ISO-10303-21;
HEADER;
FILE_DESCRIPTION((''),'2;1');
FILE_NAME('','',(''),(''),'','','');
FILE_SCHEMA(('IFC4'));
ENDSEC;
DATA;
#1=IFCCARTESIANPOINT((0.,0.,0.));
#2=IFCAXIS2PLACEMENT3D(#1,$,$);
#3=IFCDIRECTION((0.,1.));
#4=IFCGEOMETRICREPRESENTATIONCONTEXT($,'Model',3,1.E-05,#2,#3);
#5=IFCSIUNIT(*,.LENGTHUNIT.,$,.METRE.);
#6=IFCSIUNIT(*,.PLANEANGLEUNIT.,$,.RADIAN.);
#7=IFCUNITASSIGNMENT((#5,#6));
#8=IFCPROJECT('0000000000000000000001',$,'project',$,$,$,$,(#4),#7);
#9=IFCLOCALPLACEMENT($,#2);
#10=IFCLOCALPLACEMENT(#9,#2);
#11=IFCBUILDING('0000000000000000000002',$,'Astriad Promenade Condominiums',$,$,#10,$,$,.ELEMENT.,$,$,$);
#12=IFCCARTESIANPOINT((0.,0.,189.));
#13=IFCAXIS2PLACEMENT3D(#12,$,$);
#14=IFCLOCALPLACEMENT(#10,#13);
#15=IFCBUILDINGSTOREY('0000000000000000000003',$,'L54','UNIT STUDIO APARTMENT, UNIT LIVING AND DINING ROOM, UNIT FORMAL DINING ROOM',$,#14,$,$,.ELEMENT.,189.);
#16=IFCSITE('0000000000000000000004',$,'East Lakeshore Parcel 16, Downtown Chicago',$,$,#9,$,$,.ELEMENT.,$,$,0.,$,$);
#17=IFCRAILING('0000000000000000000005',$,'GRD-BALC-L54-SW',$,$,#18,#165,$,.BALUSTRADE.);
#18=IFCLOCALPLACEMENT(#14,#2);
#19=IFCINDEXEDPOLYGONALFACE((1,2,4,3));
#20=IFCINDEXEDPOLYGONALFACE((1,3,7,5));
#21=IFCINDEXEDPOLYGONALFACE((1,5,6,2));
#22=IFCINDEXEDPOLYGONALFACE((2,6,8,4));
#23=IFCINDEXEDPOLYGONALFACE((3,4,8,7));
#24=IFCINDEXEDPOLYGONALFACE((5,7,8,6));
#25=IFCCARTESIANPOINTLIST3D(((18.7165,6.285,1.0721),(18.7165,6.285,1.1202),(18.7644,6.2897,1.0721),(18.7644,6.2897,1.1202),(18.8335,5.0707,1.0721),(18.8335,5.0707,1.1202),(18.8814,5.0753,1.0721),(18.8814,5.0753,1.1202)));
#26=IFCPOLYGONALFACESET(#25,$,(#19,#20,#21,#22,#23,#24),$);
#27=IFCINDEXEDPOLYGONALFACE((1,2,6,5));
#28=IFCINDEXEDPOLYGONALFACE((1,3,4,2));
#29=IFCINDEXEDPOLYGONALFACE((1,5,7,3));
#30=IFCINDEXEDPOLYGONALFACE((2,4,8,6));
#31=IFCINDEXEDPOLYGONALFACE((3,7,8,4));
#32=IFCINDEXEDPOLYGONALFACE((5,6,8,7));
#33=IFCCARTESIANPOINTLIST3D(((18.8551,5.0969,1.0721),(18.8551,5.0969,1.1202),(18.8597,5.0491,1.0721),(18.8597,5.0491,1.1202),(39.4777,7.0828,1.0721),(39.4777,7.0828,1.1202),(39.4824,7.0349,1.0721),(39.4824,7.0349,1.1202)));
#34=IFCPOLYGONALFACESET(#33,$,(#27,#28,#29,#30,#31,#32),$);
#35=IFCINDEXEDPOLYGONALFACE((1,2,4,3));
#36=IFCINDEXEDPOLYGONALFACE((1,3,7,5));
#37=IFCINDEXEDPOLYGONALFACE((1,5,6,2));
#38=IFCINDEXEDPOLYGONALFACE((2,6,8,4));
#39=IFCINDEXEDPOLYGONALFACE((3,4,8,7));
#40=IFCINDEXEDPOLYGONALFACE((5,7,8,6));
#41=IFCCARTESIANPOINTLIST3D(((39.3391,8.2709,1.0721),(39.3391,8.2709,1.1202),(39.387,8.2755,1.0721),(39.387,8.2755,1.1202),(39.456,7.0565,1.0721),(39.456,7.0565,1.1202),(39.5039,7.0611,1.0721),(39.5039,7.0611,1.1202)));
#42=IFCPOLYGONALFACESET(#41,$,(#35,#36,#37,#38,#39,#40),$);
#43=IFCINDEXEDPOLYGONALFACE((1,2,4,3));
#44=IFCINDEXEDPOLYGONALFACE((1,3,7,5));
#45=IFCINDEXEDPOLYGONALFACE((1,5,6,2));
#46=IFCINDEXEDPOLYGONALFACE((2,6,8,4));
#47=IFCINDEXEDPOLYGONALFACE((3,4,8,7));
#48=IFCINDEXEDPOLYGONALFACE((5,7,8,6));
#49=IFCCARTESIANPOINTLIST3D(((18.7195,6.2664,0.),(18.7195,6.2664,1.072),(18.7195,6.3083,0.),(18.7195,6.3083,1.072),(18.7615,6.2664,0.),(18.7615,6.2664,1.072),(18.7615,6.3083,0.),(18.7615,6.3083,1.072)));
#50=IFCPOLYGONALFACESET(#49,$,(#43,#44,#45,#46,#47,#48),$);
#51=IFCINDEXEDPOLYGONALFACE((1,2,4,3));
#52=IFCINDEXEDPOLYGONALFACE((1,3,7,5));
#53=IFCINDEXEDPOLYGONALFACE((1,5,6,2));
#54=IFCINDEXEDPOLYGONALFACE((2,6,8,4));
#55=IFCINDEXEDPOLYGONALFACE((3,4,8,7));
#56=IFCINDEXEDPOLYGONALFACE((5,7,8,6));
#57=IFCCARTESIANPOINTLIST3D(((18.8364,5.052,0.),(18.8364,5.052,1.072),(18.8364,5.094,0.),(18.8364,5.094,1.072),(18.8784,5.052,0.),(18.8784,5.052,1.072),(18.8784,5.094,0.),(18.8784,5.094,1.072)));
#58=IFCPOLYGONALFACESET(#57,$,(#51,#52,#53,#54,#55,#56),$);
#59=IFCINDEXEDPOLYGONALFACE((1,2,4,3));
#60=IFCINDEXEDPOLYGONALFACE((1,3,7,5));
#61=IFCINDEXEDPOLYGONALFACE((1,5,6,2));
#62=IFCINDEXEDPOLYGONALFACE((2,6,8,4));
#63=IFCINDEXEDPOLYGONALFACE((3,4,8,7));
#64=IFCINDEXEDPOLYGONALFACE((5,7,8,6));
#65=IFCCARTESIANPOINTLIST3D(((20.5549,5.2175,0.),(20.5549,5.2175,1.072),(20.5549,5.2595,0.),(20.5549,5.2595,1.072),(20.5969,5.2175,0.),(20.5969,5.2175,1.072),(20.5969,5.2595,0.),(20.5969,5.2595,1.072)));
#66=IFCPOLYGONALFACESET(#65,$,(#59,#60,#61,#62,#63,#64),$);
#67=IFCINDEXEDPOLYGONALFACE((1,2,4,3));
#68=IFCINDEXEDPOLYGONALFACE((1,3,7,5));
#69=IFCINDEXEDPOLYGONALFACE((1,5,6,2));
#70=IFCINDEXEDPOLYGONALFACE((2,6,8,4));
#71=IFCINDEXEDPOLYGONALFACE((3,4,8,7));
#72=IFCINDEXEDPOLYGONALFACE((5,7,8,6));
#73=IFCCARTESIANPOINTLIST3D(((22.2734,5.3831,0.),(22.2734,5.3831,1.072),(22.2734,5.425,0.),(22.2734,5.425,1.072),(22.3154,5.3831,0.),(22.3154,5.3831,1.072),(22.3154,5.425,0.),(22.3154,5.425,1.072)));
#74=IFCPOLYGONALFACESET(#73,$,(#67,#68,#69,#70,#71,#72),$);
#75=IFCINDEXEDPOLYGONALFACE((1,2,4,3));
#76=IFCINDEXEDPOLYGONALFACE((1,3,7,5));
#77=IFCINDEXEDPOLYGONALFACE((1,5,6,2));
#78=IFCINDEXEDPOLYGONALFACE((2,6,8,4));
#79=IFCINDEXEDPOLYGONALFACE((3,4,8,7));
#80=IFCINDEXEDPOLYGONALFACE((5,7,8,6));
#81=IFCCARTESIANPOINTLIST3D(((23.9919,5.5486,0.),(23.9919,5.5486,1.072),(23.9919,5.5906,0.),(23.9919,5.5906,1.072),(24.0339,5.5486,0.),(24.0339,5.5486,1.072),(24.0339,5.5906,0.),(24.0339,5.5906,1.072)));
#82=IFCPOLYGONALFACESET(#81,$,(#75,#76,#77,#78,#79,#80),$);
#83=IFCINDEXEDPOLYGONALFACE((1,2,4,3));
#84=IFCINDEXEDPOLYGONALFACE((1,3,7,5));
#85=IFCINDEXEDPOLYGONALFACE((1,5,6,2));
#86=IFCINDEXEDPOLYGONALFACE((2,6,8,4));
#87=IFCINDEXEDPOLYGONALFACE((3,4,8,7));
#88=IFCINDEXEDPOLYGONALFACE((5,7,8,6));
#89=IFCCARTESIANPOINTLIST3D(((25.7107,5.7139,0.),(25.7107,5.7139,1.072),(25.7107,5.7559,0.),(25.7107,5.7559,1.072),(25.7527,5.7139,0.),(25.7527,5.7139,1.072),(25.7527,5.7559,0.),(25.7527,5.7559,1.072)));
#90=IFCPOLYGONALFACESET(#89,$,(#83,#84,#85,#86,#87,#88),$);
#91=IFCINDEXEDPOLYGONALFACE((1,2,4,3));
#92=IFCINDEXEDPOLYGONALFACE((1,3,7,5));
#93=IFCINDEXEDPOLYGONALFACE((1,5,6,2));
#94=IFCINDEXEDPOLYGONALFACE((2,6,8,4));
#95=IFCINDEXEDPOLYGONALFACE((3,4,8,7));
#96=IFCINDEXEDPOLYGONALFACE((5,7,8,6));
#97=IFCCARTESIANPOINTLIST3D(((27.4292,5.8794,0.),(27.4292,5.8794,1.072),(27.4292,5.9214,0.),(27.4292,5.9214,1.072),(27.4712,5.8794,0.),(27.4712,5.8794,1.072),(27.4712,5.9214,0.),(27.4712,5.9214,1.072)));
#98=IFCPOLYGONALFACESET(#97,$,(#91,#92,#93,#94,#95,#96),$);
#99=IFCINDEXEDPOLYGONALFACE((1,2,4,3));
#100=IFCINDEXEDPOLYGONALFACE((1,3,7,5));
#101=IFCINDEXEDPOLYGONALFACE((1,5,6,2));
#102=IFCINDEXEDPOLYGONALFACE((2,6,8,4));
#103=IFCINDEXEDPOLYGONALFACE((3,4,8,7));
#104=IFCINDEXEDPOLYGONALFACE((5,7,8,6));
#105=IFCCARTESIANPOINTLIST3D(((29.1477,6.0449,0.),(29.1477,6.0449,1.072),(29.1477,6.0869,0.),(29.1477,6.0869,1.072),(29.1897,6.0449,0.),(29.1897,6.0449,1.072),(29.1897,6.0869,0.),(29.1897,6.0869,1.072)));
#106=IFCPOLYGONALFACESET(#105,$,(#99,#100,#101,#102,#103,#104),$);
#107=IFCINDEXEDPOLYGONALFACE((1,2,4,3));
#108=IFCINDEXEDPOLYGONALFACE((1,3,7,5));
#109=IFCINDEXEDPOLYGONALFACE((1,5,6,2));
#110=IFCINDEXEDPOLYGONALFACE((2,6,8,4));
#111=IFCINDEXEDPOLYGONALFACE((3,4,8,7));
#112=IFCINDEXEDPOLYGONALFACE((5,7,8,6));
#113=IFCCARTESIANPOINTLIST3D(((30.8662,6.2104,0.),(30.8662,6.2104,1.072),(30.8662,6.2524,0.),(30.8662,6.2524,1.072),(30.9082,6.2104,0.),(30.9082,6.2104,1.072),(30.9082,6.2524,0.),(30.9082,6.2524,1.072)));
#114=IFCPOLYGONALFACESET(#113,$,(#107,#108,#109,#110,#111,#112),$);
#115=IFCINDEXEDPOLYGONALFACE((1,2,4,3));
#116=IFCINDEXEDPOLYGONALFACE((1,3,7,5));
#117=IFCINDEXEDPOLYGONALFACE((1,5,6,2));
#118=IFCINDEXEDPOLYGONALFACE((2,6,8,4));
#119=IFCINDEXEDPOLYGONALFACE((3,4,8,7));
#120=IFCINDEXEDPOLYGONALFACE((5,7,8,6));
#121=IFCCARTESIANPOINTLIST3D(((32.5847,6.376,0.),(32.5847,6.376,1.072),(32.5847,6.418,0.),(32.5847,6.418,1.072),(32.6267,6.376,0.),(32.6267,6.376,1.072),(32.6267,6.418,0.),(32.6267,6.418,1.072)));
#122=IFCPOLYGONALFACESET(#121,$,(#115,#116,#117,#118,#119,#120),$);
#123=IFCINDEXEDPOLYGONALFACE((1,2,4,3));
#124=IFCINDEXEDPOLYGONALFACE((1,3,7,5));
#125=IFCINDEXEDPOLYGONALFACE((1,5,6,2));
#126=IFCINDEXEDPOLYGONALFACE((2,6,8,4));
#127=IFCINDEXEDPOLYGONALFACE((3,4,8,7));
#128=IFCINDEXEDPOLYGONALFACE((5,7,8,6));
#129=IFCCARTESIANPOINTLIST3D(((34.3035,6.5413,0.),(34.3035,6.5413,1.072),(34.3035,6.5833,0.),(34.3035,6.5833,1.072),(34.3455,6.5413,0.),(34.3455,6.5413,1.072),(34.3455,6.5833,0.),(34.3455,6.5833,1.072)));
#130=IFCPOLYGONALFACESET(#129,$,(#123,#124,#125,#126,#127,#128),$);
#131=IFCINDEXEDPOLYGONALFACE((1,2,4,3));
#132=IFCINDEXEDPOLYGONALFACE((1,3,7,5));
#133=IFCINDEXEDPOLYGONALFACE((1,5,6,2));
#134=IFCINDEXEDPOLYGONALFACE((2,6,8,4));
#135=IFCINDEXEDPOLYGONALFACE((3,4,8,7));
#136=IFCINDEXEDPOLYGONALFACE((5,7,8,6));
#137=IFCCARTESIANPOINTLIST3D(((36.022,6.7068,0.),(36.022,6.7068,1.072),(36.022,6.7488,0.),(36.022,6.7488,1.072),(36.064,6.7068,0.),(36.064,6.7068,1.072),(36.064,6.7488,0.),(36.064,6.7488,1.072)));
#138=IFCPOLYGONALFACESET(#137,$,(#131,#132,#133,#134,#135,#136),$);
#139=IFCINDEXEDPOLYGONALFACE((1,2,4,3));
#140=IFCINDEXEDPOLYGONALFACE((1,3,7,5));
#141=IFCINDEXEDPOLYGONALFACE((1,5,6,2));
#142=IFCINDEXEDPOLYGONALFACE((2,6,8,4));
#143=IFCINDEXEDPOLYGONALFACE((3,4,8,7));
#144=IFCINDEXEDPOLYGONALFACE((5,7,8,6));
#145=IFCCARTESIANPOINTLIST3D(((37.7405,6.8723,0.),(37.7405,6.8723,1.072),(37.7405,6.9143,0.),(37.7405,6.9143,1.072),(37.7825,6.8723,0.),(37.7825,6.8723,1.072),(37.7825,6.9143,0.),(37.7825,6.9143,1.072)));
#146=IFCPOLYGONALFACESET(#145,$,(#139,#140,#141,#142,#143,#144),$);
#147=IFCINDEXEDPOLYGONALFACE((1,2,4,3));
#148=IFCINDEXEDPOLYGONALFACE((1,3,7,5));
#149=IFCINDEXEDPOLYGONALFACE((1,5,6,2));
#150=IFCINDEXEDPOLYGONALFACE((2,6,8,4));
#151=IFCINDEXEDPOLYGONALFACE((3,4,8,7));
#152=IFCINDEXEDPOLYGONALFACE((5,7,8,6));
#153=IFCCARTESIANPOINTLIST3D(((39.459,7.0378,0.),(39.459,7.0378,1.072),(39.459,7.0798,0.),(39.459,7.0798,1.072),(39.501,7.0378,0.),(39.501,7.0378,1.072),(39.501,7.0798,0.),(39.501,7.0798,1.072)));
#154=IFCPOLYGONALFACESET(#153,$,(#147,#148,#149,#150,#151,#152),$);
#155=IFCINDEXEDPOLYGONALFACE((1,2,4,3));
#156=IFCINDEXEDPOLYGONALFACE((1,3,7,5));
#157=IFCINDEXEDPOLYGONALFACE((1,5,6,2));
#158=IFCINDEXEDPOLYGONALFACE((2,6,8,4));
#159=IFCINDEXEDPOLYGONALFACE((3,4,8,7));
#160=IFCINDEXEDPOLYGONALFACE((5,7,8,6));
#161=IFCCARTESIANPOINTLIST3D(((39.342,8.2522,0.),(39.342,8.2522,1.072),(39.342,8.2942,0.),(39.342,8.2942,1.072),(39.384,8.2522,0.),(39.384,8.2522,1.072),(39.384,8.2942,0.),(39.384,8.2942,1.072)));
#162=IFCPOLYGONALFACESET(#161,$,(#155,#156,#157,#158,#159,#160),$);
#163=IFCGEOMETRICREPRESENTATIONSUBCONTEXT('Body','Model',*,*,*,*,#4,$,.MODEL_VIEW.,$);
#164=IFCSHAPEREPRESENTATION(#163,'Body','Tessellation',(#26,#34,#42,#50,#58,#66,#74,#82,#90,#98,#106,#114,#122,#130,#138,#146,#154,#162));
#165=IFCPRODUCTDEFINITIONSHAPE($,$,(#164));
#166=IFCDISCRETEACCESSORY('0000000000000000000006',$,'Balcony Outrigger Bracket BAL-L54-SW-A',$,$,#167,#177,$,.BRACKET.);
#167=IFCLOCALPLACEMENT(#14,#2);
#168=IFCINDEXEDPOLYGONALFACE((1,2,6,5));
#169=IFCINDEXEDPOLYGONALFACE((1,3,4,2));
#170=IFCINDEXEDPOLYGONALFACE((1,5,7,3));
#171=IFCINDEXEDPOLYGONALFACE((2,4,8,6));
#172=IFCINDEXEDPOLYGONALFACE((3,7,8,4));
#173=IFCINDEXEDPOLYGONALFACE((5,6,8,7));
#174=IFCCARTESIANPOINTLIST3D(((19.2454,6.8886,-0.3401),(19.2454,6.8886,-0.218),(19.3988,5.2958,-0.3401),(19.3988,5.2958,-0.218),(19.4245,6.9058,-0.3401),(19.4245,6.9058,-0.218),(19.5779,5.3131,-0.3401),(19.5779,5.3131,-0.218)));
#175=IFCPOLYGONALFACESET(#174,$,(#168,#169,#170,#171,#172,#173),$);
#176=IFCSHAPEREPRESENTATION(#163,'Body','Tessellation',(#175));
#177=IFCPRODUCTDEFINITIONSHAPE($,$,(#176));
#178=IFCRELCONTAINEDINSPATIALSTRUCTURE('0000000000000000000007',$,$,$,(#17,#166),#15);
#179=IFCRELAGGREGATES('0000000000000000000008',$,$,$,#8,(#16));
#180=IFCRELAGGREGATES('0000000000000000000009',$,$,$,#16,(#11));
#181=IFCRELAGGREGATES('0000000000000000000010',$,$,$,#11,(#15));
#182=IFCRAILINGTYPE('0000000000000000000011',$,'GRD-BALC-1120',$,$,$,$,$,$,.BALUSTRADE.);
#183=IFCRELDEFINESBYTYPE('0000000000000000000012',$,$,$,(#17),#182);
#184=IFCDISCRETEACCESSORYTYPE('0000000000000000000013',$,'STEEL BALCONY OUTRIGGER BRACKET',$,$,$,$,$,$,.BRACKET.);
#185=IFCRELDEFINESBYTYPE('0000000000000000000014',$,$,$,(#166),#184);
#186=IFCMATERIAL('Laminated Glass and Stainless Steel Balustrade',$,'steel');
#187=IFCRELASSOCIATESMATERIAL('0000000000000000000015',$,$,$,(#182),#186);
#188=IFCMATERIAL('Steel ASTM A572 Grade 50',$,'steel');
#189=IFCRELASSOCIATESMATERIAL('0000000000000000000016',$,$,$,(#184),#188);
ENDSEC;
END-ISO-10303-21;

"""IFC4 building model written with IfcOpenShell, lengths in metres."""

from ifc_helpers import new_model, si_unit, direction, frame, origin, origin_2d, place, context, subcontext, project, spatial, rectangle, extrude, source, transform, mapped, material, type_object, type_shapes, element, save


model = new_model("IFC4")

# Units and contexts
model_context = context("Model", 3, precision=1e-05, world=origin(), true_north=direction((0.0, 1.0)))
body_context = subcontext(model_context, "Body", "Model", "MODEL_VIEW")
ifc_project = project(units=[si_unit("LENGTHUNIT", "METRE"), si_unit("PLANEANGLEUNIT", "RADIAN")], contexts=[model_context])

# Site, building, storey
site_placement = place(None, origin())
site = spatial("IfcSite", under=ifc_project, at=site_placement, Name="East Lakeshore Parcel 16, Downtown Chicago", CompositionType="ELEMENT", RefElevation=0.0)
building_placement = place(site_placement, origin())
building = spatial("IfcBuilding", under=site, at=building_placement, Name="Astriad Promenade Condominiums", CompositionType="ELEMENT")
storey_placement = place(building_placement, frame((0.0, 0.0, 189.0)))
storey = spatial("IfcBuildingStorey", under=building, at=storey_placement, Name="L54", Description="UNIT STUDIO APARTMENT, UNIT LIVING AND DINING ROOM, UNIT FORMAL DINING ROOM", CompositionType="ELEMENT", Elevation=189.0)

# Railing
ifc_material_1 = material(Name="Laminated Glass and Stainless Steel Balustrade", Category="steel")
railing_type = type_object("IfcRailingType", Name="GRD-BALC-1120", PredefinedType="BALUSTRADE", material=ifc_material_1)
shared_shape_1 = source(origin(), body_context, "Body", "SweptSolid", [
    extrude(rectangle(XDim=0.0481, YDim=0.0481, at=origin_2d()), frame((0.0, 0.0, 1.0962), z_axis=(0.095857, -0.995395, 0.0), x_axis=(0.995395, 0.095857, 0.0)), (0.0, 0.0, 1.0), 1.22),
    extrude(rectangle(XDim=0.0481, YDim=0.0481, at=origin_2d()), frame((0.1169, -1.2144, 1.0962), z_axis=(0.995396, 0.095851, 0.0), x_axis=(-0.095851, 0.995396, 0.0)), (0.0, 0.0, 1.0), 20.718),
    extrude(rectangle(XDim=0.0481, YDim=0.0481, at=origin_2d()), frame((20.7395, 0.7715, 1.0962), z_axis=(-0.095857, 0.995395, 0.0), x_axis=(-0.995395, -0.095857, 0.0)), (0.0, 0.0, 1.0), 1.22),
    extrude(rectangle(XDim=0.042, YDim=0.042, at=origin_2d()), origin(), (0.0, 0.0, 1.0), 1.072),
    extrude(rectangle(XDim=0.042, YDim=0.042, at=origin_2d()), frame((0.1169, -1.2144, 0.0)), (0.0, 0.0, 1.0), 1.072),
    extrude(rectangle(XDim=0.042, YDim=0.042, at=origin_2d()), frame((1.8354, -1.0488, 0.0)), (0.0, 0.0, 1.0), 1.072),
    extrude(rectangle(XDim=0.042, YDim=0.042, at=origin_2d()), frame((3.554, -0.8833, 0.0)), (0.0, 0.0, 1.0), 1.072),
    extrude(rectangle(XDim=0.042, YDim=0.042, at=origin_2d()), frame((5.2725, -0.7178, 0.0)), (0.0, 0.0, 1.0), 1.072),
    extrude(rectangle(XDim=0.042, YDim=0.042, at=origin_2d()), frame((6.9912, -0.5525, 0.0)), (0.0, 0.0, 1.0), 1.072),
    extrude(rectangle(XDim=0.042, YDim=0.042, at=origin_2d()), frame((8.7097, -0.387, 0.0)), (0.0, 0.0, 1.0), 1.072),
    extrude(rectangle(XDim=0.042, YDim=0.042, at=origin_2d()), frame((10.4282, -0.2214, 0.0)), (0.0, 0.0, 1.0), 1.072),
    extrude(rectangle(XDim=0.042, YDim=0.042, at=origin_2d()), frame((12.1467, -0.0559, 0.0)), (0.0, 0.0, 1.0), 1.072),
    extrude(rectangle(XDim=0.042, YDim=0.042, at=origin_2d()), frame((13.8652, 0.1096, 0.0)), (0.0, 0.0, 1.0), 1.072),
    extrude(rectangle(XDim=0.042, YDim=0.042, at=origin_2d()), frame((15.584, 0.2749, 0.0)), (0.0, 0.0, 1.0), 1.072),
    extrude(rectangle(XDim=0.042, YDim=0.042, at=origin_2d()), frame((17.3025, 0.4404, 0.0)), (0.0, 0.0, 1.0), 1.072),
    extrude(rectangle(XDim=0.042, YDim=0.042, at=origin_2d()), frame((19.021, 0.606, 0.0)), (0.0, 0.0, 1.0), 1.072),
    extrude(rectangle(XDim=0.042, YDim=0.042, at=origin_2d()), frame((20.7395, 0.7715, 0.0)), (0.0, 0.0, 1.0), 1.072),
    extrude(rectangle(XDim=0.042, YDim=0.042, at=origin_2d()), frame((20.6226, 1.9858, 0.0)), (0.0, 0.0, 1.0), 1.072),
])
type_shapes(railing_type, [shared_shape_1])
railing_placement = place(storey_placement, frame((18.7405, 6.2874, 0.0)))
element("IfcRailing", 1, at=railing_placement, inside=storey, type_object=railing_type, Name="GRD-BALC-L54-SW", PredefinedType="BALUSTRADE", context=body_context, shape_type="MappedRepresentation", body=[
    mapped(shared_shape_1, transform((0.0, 0.0, 0.0), scale=1.0)),
])

# Discrete accessory
ifc_material_2 = material(Name="Steel ASTM A572 Grade 50", Category="steel")
discrete_accessory_type = type_object("IfcDiscreteAccessoryType", Name="STEEL BALCONY OUTRIGGER BRACKET", PredefinedType="BRACKET", material=ifc_material_2)
shared_shape_2 = source(origin(), body_context, "Body", "SweptSolid", [
    extrude(rectangle(XDim=1.6001, YDim=0.1799, at=origin_2d()), origin(), (0.0, 0.0, 1.0), 0.1221),
])
type_shapes(discrete_accessory_type, [shared_shape_2])
discrete_accessory_placement = place(storey_placement, frame((19.4116, 6.1008, -0.3401), z_axis=(0.0, 0.0, 1.0), x_axis=(0.095846, -0.995396, 0.0)))
element("IfcDiscreteAccessory", 2, at=discrete_accessory_placement, inside=storey, type_object=discrete_accessory_type, Name="Balcony Outrigger Bracket BAL-L54-SW-A", PredefinedType="BRACKET", context=body_context, shape_type="MappedRepresentation", body=[
    mapped(shared_shape_2, transform((0.0, 0.0, 0.0), scale=1.0)),
])

save(model, "model.ifc")
